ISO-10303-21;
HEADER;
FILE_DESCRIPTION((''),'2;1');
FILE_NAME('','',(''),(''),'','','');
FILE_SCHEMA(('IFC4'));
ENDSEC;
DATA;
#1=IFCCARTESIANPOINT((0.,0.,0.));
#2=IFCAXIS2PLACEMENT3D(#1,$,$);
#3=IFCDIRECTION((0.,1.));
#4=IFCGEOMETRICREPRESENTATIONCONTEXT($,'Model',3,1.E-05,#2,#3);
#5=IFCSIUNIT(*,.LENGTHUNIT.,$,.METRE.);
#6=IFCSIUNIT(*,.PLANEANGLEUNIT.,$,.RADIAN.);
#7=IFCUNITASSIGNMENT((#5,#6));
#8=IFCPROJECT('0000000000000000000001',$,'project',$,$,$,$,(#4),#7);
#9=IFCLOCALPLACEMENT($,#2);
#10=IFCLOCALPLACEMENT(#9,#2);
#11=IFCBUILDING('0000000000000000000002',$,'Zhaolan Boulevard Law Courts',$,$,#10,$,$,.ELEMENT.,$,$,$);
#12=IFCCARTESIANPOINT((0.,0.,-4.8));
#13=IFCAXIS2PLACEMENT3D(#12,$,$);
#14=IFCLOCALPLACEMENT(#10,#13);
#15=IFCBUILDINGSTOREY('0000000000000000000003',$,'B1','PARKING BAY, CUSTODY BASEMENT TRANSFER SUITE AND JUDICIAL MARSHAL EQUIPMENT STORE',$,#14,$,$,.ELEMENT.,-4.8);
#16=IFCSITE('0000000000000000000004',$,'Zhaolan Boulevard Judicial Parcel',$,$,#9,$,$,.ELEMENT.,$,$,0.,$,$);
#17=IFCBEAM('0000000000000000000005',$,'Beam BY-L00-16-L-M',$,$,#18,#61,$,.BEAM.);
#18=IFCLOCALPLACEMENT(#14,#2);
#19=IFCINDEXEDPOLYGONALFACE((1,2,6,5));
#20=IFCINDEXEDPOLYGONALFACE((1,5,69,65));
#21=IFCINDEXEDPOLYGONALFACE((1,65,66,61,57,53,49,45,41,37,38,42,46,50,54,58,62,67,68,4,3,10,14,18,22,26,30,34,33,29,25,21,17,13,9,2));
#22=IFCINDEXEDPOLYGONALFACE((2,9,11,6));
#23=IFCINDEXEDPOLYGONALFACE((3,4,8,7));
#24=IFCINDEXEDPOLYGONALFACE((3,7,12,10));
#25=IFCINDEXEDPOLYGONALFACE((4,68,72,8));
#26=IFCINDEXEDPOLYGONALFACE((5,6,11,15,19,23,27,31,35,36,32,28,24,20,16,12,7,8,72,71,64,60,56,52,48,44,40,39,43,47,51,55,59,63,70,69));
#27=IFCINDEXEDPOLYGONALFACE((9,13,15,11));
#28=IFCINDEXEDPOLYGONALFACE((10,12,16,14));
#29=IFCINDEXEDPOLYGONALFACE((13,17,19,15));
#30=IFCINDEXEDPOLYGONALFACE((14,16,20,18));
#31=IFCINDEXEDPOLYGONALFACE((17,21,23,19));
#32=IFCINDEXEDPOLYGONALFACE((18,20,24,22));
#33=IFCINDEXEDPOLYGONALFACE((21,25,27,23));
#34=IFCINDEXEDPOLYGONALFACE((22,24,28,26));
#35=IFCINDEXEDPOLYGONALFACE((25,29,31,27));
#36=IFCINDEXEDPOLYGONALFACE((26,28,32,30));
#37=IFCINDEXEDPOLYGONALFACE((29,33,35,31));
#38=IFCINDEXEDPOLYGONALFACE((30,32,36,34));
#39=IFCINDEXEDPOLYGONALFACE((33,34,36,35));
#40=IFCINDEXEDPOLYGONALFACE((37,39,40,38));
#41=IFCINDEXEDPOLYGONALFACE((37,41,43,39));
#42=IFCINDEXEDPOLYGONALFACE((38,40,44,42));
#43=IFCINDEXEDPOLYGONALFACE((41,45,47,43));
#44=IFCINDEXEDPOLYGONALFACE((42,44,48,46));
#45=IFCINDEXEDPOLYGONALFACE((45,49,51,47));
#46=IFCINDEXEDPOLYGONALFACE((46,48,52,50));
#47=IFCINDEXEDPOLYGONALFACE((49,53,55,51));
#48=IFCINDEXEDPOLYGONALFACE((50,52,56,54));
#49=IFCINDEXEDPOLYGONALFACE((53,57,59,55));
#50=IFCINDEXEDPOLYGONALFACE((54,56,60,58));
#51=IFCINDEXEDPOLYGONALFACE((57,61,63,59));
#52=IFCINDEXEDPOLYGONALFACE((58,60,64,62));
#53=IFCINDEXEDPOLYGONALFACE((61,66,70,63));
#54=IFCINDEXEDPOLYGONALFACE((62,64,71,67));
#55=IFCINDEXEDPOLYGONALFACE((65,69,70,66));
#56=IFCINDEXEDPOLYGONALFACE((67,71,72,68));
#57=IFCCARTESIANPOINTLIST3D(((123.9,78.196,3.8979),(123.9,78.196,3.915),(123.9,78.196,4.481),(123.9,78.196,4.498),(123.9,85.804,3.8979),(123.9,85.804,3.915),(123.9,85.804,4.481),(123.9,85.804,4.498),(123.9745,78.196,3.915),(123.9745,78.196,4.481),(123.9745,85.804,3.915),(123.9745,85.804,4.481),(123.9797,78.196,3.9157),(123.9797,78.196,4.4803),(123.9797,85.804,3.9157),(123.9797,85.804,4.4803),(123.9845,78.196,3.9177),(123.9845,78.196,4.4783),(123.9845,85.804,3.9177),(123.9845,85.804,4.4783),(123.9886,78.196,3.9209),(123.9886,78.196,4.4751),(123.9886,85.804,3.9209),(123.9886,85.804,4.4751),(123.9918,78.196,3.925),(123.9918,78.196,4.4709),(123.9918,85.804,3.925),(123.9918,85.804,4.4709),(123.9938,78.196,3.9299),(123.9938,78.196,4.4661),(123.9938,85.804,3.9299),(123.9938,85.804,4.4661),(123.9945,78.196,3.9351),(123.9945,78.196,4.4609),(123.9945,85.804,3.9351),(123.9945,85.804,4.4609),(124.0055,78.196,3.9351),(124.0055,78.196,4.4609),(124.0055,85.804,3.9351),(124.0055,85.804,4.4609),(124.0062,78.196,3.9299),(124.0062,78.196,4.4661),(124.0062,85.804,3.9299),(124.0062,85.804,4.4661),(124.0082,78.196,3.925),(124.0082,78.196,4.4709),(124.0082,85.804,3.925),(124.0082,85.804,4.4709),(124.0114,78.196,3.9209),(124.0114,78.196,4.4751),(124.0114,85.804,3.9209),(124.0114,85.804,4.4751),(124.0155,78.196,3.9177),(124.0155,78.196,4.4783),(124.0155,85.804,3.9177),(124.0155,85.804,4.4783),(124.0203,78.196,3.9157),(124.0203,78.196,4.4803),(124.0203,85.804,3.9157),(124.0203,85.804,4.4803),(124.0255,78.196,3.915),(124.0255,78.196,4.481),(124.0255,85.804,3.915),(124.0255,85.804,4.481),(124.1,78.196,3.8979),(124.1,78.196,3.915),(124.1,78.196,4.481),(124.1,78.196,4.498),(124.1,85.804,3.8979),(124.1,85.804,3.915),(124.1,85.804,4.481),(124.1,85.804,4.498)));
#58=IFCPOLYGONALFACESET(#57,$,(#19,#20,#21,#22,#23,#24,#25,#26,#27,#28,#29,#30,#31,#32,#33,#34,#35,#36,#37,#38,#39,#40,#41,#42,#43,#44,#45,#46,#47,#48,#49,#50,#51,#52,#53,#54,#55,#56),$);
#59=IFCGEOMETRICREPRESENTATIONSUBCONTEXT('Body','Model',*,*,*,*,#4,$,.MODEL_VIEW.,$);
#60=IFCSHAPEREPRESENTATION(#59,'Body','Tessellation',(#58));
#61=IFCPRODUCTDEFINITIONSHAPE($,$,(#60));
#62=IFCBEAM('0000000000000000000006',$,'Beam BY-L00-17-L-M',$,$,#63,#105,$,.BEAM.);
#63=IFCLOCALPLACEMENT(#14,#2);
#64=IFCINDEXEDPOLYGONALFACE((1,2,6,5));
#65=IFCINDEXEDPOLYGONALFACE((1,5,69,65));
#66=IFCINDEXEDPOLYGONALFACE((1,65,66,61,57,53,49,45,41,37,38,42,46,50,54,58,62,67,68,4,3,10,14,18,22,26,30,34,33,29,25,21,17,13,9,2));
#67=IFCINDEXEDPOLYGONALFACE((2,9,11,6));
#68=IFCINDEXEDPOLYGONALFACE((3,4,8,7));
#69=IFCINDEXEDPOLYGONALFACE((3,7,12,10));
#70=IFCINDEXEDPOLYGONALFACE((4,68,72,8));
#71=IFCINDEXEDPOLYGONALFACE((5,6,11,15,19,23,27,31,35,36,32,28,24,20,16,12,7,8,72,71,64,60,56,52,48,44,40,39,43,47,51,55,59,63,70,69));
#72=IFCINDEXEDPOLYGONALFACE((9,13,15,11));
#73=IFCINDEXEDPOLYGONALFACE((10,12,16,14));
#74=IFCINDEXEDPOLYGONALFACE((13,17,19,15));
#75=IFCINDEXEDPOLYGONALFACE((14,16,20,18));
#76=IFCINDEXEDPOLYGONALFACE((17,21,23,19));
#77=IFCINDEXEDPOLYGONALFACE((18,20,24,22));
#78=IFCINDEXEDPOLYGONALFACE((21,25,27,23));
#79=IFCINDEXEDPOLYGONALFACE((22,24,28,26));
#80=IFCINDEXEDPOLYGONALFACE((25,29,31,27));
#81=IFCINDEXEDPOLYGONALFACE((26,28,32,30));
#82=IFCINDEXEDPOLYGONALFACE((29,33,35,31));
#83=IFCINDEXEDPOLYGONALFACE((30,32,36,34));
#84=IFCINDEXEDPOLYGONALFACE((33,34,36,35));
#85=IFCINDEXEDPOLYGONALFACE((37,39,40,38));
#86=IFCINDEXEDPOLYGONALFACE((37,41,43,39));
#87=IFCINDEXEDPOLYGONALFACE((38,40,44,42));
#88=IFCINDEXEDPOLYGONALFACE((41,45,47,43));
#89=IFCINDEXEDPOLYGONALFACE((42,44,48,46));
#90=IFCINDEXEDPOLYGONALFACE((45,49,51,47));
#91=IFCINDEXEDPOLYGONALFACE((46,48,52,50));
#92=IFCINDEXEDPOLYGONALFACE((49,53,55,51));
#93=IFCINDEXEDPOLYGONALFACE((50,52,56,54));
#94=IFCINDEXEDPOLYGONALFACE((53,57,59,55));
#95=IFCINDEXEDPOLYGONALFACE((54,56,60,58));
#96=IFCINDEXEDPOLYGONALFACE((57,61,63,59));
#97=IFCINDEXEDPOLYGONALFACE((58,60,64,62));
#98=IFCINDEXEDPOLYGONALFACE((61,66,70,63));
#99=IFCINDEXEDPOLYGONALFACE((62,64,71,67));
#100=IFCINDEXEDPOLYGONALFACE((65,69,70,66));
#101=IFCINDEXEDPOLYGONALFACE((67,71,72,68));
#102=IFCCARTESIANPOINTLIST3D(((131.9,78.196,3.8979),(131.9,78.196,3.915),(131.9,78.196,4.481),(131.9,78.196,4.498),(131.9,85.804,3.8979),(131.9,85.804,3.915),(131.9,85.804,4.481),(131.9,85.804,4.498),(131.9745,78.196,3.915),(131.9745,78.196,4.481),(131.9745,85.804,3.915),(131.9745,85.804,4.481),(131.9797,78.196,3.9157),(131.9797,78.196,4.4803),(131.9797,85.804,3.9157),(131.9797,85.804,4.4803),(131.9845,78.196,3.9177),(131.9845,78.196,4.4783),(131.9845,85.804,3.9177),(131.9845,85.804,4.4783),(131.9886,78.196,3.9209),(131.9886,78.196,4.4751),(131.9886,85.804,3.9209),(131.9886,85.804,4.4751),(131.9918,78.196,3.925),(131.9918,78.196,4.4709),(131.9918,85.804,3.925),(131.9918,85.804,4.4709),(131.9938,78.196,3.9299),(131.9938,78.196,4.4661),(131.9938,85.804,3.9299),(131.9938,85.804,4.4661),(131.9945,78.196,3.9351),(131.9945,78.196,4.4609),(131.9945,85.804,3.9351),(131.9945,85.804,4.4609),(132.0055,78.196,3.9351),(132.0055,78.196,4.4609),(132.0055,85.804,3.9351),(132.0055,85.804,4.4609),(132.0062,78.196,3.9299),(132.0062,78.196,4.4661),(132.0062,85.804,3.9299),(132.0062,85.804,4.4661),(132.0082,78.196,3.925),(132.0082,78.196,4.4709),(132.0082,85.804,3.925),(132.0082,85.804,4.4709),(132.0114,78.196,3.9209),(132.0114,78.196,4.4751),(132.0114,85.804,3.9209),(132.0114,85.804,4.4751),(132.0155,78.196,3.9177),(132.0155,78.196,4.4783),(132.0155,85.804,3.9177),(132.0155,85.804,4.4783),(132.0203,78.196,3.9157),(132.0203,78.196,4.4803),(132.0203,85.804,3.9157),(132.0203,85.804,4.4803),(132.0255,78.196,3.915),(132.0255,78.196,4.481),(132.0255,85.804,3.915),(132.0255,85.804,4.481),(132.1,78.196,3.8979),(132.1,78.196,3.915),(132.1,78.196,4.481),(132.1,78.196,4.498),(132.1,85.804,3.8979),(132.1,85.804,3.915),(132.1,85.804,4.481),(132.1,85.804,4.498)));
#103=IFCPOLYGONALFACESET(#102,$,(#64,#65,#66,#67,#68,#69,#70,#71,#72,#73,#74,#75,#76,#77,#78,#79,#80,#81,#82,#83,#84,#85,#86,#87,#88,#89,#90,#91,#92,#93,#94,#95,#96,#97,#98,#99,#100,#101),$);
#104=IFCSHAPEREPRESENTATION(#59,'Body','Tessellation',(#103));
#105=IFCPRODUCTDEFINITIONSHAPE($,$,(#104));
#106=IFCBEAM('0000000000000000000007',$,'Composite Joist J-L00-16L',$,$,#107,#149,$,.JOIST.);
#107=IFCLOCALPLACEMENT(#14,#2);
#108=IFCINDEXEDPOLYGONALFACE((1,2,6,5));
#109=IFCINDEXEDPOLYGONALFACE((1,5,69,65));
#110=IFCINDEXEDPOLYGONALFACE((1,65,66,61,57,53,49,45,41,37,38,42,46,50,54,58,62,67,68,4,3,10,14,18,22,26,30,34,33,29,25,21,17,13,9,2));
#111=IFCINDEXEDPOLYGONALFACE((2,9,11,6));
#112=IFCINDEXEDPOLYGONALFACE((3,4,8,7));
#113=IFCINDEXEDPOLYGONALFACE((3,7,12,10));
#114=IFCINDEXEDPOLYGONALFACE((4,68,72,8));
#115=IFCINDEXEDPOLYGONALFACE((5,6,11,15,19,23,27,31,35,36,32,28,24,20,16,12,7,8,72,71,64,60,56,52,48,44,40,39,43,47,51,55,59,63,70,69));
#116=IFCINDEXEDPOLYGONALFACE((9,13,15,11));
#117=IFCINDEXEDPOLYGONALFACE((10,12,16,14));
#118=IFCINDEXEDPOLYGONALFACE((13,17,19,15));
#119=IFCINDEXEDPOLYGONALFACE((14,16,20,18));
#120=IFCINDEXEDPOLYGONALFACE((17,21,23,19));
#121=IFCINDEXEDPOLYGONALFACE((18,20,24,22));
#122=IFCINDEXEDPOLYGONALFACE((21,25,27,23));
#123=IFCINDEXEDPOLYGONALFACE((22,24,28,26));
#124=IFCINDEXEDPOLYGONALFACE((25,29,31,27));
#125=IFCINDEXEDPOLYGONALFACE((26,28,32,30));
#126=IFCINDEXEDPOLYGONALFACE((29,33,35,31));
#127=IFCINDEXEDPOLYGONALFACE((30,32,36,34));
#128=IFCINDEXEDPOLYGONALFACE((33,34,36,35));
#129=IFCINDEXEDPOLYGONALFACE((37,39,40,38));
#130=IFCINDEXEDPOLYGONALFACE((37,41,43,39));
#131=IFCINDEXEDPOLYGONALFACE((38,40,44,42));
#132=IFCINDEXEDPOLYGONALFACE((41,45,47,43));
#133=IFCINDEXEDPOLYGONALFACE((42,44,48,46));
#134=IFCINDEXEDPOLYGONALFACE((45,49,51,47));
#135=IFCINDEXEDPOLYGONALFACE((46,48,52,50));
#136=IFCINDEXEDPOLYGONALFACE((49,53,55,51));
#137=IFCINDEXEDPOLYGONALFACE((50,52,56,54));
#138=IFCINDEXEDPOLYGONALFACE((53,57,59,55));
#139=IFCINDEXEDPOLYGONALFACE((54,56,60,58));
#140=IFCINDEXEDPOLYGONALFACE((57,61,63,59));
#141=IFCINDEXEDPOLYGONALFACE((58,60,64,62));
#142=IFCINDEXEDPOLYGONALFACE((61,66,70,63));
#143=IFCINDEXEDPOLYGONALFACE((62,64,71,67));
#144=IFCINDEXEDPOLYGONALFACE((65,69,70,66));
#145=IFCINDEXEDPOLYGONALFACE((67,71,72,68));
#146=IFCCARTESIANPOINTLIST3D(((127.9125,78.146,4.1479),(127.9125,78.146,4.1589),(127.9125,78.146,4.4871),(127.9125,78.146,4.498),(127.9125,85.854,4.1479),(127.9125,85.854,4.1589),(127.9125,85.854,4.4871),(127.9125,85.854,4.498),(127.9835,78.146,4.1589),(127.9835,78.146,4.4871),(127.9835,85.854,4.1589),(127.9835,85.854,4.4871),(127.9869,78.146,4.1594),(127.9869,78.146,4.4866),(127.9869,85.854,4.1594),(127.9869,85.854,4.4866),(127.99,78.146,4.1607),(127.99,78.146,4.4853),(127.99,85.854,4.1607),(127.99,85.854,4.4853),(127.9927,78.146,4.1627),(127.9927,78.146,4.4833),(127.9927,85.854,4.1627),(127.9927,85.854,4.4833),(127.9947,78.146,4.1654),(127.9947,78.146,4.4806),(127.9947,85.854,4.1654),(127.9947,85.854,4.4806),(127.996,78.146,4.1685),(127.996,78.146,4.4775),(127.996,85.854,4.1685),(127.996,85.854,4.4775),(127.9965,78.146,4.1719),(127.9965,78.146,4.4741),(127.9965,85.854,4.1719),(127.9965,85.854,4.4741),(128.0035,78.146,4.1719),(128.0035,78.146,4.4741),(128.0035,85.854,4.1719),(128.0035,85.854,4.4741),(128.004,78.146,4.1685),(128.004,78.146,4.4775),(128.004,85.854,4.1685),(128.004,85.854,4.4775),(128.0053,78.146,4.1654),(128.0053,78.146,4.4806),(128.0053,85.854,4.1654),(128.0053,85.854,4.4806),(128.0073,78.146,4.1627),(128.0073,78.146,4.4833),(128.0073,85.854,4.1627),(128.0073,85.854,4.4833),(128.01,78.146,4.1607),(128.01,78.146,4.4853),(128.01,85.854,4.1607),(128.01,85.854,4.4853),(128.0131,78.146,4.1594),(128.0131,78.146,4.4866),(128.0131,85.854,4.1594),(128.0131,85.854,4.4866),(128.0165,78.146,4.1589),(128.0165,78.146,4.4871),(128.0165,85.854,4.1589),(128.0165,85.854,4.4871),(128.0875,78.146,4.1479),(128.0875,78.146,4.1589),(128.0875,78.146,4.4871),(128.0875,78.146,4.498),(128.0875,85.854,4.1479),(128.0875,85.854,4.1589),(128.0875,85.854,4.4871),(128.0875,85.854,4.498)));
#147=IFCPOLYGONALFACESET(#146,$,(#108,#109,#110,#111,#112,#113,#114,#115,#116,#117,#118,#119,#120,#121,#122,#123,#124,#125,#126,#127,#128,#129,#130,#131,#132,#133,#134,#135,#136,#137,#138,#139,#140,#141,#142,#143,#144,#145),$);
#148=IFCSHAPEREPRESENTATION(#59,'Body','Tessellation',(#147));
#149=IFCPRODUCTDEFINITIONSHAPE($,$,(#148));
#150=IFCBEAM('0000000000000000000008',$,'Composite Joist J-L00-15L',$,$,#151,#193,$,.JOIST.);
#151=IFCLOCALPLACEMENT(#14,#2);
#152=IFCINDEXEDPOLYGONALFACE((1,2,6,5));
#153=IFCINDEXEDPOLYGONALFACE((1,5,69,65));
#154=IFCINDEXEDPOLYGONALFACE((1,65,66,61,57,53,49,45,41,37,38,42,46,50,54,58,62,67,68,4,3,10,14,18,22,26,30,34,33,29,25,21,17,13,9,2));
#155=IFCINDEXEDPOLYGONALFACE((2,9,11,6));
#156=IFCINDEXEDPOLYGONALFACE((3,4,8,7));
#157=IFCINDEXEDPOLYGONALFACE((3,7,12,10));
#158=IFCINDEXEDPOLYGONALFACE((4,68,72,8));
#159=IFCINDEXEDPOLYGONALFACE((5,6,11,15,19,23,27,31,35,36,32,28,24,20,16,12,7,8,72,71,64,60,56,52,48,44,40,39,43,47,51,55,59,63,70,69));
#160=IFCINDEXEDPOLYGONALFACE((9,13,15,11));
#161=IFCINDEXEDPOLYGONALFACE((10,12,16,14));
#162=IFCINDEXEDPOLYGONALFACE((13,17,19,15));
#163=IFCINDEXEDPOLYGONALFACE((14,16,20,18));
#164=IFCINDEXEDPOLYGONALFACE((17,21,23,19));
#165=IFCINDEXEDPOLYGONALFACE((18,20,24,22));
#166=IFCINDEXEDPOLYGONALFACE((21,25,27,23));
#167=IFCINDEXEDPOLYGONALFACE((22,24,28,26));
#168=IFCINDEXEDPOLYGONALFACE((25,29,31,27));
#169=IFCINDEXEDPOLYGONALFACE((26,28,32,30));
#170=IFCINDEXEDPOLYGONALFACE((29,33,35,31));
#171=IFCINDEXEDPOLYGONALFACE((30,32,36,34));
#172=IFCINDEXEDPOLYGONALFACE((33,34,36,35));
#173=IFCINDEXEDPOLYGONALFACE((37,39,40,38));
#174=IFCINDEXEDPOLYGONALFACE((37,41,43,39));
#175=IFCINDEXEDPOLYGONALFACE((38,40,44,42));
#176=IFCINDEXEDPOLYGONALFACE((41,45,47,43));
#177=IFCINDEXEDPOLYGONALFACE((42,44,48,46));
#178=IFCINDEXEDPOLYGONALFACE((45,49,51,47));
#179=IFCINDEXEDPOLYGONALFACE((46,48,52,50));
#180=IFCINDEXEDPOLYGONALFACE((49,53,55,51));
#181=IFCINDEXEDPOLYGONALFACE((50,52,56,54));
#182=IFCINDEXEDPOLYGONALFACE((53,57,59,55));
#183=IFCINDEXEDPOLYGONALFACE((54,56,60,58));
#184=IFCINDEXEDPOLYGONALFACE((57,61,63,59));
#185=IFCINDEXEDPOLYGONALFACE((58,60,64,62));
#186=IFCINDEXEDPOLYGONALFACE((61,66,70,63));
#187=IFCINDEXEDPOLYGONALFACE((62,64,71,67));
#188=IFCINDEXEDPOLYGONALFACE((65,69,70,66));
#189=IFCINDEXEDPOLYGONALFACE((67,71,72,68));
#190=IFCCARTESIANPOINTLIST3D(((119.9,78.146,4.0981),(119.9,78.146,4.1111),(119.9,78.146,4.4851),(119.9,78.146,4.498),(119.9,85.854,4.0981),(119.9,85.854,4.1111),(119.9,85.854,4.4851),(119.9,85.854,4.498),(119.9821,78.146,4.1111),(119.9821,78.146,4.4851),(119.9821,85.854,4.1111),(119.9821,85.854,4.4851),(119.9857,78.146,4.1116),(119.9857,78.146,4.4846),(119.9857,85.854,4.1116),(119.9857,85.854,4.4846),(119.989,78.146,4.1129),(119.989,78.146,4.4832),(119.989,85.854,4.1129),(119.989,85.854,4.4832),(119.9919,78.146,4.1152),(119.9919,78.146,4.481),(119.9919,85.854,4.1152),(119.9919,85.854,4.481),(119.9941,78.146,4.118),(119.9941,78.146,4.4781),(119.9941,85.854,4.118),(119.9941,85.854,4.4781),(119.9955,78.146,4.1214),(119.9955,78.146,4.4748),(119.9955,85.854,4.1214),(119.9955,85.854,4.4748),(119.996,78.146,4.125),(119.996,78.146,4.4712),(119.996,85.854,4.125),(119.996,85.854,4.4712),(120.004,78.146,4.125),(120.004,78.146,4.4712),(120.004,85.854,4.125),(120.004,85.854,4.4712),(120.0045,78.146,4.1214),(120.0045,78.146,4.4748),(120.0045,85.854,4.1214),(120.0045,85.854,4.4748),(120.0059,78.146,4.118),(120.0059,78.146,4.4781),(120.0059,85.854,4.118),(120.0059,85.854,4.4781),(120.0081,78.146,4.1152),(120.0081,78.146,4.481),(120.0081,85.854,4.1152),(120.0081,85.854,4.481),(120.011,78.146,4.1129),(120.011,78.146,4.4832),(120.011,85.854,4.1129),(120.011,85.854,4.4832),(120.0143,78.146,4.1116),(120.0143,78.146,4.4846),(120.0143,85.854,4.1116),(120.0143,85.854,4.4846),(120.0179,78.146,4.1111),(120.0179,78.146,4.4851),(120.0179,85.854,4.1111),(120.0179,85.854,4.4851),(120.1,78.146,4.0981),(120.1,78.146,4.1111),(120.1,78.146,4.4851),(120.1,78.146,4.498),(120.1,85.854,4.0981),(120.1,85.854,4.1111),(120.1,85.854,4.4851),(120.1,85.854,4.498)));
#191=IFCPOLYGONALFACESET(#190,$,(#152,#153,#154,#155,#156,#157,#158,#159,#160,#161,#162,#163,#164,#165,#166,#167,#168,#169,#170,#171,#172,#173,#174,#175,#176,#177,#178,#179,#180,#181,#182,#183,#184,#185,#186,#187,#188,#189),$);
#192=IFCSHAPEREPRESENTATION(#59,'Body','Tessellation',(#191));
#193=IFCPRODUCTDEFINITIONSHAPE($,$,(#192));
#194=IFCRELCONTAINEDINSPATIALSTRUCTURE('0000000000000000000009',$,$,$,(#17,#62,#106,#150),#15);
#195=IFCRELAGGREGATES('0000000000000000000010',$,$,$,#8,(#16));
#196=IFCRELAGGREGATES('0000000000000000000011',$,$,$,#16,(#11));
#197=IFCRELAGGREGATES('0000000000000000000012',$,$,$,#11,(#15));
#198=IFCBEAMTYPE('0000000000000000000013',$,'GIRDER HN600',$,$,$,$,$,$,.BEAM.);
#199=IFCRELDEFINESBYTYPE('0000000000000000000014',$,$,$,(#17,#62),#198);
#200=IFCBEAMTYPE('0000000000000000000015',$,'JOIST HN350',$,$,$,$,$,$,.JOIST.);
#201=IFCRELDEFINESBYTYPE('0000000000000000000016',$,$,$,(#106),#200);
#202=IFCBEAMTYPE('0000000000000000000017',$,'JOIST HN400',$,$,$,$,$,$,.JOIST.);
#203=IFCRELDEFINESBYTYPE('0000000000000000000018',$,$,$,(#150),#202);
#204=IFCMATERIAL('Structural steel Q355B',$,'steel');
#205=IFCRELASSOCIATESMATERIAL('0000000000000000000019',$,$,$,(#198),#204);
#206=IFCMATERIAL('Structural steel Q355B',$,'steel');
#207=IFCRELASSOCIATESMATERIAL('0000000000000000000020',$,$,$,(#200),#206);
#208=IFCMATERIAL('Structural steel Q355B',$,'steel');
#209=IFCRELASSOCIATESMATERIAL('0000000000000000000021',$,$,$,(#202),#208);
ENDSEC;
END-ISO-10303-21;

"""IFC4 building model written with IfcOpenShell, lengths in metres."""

from ifc_helpers import new_model, si_unit, direction, frame, origin, origin_2d, place, context, subcontext, project, spatial, i_section, extrude, material, material_profile, profile_set, type_object, element, save


model = new_model("IFC4")

# Units and contexts
model_context = context("Model", 3, precision=1e-05, world=origin(), true_north=direction((0.0, 1.0)))
body_context = subcontext(model_context, "Body", "Model", "MODEL_VIEW")
ifc_project = project(units=[si_unit("LENGTHUNIT", "METRE"), si_unit("PLANEANGLEUNIT", "RADIAN")], contexts=[model_context])

# Site, building, storey
site_placement = place(None, origin())
site = spatial("IfcSite", under=ifc_project, at=site_placement, Name="Zhaolan Boulevard Judicial Parcel", CompositionType="ELEMENT", RefElevation=0.0)
building_placement = place(site_placement, origin())
building = spatial("IfcBuilding", under=site, at=building_placement, Name="Zhaolan Boulevard Law Courts", CompositionType="ELEMENT")
storey_placement = place(building_placement, frame((0.0, 0.0, -4.8)))
storey = spatial("IfcBuildingStorey", under=building, at=storey_placement, Name="B1", Description="PARKING BAY, CUSTODY BASEMENT TRANSFER SUITE AND JUDICIAL MARSHAL EQUIPMENT STORE", CompositionType="ELEMENT", Elevation=-4.8)

# Beams
ifc_material_1 = material(Name="Structural steel Q355B", Category="steel")
ifc_material_profile_1 = material_profile(ifc_material_1, i_section(OverallWidth=0.2, OverallDepth=0.6001, WebThickness=0.011, FlangeThickness=0.0171, FilletRadius=0.02, at=origin_2d()), Name="HN600x200")
ifc_profile_set_1 = profile_set([ifc_material_profile_1], Name="Structural steel Q355B")
beam_type_1 = type_object("IfcBeamType", Name="GIRDER HN600", PredefinedType="BEAM", material=ifc_profile_set_1)
for number, where, z_axis, x_axis, name in (
    (1, (124.0, 78.196, 4.198), (0.0, 1.0, 0.0), (-1.0, 0.0, 0.0), "Beam BY-L00-16-L-M"),
    (2, (132.0, 78.196, 4.198), (0.0, 1.0, 0.0), (-1.0, 0.0, 0.0), "Beam BY-L00-17-L-M"),
):
    element("IfcBeam", number, at=place(storey_placement, frame(where, z_axis=z_axis, x_axis=x_axis)), inside=storey, type_object=beam_type_1, Name=name, PredefinedType="BEAM", context=body_context, shape_type="SweptSolid", body=[
        extrude(i_section(OverallWidth=0.2, OverallDepth=0.6001, WebThickness=0.011, FlangeThickness=0.0171, FilletRadius=0.02, at=origin_2d()), origin(), (0.0, 0.0, 1.0), 7.6079),
    ])
ifc_material_2 = material(Name="Structural steel Q355B", Category="steel")
ifc_material_profile_2 = material_profile(ifc_material_2, i_section(OverallWidth=0.175, OverallDepth=0.3501, WebThickness=0.0071, FlangeThickness=0.011, FilletRadius=0.0129, at=origin_2d()), Name="HN350x175")
ifc_profile_set_2 = profile_set([ifc_material_profile_2], Name="Structural steel Q355B")
beam_type_2 = type_object("IfcBeamType", Name="JOIST HN350", PredefinedType="JOIST", material=ifc_profile_set_2)
beam_1_placement = place(storey_placement, frame((128.0, 78.146, 4.323), z_axis=(0.0, 1.0, 0.0), x_axis=(-1.0, 0.0, 0.0)))
element("IfcBeam", 3, at=beam_1_placement, inside=storey, type_object=beam_type_2, Name="Composite Joist J-L00-16L", PredefinedType="JOIST", context=body_context, shape_type="SweptSolid", body=[
    extrude(i_section(OverallWidth=0.175, OverallDepth=0.3501, WebThickness=0.0071, FlangeThickness=0.011, FilletRadius=0.0129, at=origin_2d()), origin(), (0.0, 0.0, 1.0), 7.708),
])
ifc_material_3 = material(Name="Structural steel Q355B", Category="steel")
ifc_material_profile_3 = material_profile(ifc_material_3, i_section(OverallWidth=0.2, OverallDepth=0.3999, WebThickness=0.0081, FlangeThickness=0.0129, FilletRadius=0.0139, at=origin_2d()), Name="HN400x200")
ifc_profile_set_3 = profile_set([ifc_material_profile_3], Name="Structural steel Q355B")
beam_type_3 = type_object("IfcBeamType", Name="JOIST HN400", PredefinedType="JOIST", material=ifc_profile_set_3)
beam_2_placement = place(storey_placement, frame((120.0, 78.146, 4.2981), z_axis=(0.0, 1.0, 0.0), x_axis=(-1.0, 0.0, 0.0)))
element("IfcBeam", 4, at=beam_2_placement, inside=storey, type_object=beam_type_3, Name="Composite Joist J-L00-15L", PredefinedType="JOIST", context=body_context, shape_type="SweptSolid", body=[
    extrude(i_section(OverallWidth=0.2, OverallDepth=0.3999, WebThickness=0.0081, FlangeThickness=0.0129, FilletRadius=0.0139, at=origin_2d()), origin(), (0.0, 0.0, 1.0), 7.708),
])

save(model, "model.ifc")
